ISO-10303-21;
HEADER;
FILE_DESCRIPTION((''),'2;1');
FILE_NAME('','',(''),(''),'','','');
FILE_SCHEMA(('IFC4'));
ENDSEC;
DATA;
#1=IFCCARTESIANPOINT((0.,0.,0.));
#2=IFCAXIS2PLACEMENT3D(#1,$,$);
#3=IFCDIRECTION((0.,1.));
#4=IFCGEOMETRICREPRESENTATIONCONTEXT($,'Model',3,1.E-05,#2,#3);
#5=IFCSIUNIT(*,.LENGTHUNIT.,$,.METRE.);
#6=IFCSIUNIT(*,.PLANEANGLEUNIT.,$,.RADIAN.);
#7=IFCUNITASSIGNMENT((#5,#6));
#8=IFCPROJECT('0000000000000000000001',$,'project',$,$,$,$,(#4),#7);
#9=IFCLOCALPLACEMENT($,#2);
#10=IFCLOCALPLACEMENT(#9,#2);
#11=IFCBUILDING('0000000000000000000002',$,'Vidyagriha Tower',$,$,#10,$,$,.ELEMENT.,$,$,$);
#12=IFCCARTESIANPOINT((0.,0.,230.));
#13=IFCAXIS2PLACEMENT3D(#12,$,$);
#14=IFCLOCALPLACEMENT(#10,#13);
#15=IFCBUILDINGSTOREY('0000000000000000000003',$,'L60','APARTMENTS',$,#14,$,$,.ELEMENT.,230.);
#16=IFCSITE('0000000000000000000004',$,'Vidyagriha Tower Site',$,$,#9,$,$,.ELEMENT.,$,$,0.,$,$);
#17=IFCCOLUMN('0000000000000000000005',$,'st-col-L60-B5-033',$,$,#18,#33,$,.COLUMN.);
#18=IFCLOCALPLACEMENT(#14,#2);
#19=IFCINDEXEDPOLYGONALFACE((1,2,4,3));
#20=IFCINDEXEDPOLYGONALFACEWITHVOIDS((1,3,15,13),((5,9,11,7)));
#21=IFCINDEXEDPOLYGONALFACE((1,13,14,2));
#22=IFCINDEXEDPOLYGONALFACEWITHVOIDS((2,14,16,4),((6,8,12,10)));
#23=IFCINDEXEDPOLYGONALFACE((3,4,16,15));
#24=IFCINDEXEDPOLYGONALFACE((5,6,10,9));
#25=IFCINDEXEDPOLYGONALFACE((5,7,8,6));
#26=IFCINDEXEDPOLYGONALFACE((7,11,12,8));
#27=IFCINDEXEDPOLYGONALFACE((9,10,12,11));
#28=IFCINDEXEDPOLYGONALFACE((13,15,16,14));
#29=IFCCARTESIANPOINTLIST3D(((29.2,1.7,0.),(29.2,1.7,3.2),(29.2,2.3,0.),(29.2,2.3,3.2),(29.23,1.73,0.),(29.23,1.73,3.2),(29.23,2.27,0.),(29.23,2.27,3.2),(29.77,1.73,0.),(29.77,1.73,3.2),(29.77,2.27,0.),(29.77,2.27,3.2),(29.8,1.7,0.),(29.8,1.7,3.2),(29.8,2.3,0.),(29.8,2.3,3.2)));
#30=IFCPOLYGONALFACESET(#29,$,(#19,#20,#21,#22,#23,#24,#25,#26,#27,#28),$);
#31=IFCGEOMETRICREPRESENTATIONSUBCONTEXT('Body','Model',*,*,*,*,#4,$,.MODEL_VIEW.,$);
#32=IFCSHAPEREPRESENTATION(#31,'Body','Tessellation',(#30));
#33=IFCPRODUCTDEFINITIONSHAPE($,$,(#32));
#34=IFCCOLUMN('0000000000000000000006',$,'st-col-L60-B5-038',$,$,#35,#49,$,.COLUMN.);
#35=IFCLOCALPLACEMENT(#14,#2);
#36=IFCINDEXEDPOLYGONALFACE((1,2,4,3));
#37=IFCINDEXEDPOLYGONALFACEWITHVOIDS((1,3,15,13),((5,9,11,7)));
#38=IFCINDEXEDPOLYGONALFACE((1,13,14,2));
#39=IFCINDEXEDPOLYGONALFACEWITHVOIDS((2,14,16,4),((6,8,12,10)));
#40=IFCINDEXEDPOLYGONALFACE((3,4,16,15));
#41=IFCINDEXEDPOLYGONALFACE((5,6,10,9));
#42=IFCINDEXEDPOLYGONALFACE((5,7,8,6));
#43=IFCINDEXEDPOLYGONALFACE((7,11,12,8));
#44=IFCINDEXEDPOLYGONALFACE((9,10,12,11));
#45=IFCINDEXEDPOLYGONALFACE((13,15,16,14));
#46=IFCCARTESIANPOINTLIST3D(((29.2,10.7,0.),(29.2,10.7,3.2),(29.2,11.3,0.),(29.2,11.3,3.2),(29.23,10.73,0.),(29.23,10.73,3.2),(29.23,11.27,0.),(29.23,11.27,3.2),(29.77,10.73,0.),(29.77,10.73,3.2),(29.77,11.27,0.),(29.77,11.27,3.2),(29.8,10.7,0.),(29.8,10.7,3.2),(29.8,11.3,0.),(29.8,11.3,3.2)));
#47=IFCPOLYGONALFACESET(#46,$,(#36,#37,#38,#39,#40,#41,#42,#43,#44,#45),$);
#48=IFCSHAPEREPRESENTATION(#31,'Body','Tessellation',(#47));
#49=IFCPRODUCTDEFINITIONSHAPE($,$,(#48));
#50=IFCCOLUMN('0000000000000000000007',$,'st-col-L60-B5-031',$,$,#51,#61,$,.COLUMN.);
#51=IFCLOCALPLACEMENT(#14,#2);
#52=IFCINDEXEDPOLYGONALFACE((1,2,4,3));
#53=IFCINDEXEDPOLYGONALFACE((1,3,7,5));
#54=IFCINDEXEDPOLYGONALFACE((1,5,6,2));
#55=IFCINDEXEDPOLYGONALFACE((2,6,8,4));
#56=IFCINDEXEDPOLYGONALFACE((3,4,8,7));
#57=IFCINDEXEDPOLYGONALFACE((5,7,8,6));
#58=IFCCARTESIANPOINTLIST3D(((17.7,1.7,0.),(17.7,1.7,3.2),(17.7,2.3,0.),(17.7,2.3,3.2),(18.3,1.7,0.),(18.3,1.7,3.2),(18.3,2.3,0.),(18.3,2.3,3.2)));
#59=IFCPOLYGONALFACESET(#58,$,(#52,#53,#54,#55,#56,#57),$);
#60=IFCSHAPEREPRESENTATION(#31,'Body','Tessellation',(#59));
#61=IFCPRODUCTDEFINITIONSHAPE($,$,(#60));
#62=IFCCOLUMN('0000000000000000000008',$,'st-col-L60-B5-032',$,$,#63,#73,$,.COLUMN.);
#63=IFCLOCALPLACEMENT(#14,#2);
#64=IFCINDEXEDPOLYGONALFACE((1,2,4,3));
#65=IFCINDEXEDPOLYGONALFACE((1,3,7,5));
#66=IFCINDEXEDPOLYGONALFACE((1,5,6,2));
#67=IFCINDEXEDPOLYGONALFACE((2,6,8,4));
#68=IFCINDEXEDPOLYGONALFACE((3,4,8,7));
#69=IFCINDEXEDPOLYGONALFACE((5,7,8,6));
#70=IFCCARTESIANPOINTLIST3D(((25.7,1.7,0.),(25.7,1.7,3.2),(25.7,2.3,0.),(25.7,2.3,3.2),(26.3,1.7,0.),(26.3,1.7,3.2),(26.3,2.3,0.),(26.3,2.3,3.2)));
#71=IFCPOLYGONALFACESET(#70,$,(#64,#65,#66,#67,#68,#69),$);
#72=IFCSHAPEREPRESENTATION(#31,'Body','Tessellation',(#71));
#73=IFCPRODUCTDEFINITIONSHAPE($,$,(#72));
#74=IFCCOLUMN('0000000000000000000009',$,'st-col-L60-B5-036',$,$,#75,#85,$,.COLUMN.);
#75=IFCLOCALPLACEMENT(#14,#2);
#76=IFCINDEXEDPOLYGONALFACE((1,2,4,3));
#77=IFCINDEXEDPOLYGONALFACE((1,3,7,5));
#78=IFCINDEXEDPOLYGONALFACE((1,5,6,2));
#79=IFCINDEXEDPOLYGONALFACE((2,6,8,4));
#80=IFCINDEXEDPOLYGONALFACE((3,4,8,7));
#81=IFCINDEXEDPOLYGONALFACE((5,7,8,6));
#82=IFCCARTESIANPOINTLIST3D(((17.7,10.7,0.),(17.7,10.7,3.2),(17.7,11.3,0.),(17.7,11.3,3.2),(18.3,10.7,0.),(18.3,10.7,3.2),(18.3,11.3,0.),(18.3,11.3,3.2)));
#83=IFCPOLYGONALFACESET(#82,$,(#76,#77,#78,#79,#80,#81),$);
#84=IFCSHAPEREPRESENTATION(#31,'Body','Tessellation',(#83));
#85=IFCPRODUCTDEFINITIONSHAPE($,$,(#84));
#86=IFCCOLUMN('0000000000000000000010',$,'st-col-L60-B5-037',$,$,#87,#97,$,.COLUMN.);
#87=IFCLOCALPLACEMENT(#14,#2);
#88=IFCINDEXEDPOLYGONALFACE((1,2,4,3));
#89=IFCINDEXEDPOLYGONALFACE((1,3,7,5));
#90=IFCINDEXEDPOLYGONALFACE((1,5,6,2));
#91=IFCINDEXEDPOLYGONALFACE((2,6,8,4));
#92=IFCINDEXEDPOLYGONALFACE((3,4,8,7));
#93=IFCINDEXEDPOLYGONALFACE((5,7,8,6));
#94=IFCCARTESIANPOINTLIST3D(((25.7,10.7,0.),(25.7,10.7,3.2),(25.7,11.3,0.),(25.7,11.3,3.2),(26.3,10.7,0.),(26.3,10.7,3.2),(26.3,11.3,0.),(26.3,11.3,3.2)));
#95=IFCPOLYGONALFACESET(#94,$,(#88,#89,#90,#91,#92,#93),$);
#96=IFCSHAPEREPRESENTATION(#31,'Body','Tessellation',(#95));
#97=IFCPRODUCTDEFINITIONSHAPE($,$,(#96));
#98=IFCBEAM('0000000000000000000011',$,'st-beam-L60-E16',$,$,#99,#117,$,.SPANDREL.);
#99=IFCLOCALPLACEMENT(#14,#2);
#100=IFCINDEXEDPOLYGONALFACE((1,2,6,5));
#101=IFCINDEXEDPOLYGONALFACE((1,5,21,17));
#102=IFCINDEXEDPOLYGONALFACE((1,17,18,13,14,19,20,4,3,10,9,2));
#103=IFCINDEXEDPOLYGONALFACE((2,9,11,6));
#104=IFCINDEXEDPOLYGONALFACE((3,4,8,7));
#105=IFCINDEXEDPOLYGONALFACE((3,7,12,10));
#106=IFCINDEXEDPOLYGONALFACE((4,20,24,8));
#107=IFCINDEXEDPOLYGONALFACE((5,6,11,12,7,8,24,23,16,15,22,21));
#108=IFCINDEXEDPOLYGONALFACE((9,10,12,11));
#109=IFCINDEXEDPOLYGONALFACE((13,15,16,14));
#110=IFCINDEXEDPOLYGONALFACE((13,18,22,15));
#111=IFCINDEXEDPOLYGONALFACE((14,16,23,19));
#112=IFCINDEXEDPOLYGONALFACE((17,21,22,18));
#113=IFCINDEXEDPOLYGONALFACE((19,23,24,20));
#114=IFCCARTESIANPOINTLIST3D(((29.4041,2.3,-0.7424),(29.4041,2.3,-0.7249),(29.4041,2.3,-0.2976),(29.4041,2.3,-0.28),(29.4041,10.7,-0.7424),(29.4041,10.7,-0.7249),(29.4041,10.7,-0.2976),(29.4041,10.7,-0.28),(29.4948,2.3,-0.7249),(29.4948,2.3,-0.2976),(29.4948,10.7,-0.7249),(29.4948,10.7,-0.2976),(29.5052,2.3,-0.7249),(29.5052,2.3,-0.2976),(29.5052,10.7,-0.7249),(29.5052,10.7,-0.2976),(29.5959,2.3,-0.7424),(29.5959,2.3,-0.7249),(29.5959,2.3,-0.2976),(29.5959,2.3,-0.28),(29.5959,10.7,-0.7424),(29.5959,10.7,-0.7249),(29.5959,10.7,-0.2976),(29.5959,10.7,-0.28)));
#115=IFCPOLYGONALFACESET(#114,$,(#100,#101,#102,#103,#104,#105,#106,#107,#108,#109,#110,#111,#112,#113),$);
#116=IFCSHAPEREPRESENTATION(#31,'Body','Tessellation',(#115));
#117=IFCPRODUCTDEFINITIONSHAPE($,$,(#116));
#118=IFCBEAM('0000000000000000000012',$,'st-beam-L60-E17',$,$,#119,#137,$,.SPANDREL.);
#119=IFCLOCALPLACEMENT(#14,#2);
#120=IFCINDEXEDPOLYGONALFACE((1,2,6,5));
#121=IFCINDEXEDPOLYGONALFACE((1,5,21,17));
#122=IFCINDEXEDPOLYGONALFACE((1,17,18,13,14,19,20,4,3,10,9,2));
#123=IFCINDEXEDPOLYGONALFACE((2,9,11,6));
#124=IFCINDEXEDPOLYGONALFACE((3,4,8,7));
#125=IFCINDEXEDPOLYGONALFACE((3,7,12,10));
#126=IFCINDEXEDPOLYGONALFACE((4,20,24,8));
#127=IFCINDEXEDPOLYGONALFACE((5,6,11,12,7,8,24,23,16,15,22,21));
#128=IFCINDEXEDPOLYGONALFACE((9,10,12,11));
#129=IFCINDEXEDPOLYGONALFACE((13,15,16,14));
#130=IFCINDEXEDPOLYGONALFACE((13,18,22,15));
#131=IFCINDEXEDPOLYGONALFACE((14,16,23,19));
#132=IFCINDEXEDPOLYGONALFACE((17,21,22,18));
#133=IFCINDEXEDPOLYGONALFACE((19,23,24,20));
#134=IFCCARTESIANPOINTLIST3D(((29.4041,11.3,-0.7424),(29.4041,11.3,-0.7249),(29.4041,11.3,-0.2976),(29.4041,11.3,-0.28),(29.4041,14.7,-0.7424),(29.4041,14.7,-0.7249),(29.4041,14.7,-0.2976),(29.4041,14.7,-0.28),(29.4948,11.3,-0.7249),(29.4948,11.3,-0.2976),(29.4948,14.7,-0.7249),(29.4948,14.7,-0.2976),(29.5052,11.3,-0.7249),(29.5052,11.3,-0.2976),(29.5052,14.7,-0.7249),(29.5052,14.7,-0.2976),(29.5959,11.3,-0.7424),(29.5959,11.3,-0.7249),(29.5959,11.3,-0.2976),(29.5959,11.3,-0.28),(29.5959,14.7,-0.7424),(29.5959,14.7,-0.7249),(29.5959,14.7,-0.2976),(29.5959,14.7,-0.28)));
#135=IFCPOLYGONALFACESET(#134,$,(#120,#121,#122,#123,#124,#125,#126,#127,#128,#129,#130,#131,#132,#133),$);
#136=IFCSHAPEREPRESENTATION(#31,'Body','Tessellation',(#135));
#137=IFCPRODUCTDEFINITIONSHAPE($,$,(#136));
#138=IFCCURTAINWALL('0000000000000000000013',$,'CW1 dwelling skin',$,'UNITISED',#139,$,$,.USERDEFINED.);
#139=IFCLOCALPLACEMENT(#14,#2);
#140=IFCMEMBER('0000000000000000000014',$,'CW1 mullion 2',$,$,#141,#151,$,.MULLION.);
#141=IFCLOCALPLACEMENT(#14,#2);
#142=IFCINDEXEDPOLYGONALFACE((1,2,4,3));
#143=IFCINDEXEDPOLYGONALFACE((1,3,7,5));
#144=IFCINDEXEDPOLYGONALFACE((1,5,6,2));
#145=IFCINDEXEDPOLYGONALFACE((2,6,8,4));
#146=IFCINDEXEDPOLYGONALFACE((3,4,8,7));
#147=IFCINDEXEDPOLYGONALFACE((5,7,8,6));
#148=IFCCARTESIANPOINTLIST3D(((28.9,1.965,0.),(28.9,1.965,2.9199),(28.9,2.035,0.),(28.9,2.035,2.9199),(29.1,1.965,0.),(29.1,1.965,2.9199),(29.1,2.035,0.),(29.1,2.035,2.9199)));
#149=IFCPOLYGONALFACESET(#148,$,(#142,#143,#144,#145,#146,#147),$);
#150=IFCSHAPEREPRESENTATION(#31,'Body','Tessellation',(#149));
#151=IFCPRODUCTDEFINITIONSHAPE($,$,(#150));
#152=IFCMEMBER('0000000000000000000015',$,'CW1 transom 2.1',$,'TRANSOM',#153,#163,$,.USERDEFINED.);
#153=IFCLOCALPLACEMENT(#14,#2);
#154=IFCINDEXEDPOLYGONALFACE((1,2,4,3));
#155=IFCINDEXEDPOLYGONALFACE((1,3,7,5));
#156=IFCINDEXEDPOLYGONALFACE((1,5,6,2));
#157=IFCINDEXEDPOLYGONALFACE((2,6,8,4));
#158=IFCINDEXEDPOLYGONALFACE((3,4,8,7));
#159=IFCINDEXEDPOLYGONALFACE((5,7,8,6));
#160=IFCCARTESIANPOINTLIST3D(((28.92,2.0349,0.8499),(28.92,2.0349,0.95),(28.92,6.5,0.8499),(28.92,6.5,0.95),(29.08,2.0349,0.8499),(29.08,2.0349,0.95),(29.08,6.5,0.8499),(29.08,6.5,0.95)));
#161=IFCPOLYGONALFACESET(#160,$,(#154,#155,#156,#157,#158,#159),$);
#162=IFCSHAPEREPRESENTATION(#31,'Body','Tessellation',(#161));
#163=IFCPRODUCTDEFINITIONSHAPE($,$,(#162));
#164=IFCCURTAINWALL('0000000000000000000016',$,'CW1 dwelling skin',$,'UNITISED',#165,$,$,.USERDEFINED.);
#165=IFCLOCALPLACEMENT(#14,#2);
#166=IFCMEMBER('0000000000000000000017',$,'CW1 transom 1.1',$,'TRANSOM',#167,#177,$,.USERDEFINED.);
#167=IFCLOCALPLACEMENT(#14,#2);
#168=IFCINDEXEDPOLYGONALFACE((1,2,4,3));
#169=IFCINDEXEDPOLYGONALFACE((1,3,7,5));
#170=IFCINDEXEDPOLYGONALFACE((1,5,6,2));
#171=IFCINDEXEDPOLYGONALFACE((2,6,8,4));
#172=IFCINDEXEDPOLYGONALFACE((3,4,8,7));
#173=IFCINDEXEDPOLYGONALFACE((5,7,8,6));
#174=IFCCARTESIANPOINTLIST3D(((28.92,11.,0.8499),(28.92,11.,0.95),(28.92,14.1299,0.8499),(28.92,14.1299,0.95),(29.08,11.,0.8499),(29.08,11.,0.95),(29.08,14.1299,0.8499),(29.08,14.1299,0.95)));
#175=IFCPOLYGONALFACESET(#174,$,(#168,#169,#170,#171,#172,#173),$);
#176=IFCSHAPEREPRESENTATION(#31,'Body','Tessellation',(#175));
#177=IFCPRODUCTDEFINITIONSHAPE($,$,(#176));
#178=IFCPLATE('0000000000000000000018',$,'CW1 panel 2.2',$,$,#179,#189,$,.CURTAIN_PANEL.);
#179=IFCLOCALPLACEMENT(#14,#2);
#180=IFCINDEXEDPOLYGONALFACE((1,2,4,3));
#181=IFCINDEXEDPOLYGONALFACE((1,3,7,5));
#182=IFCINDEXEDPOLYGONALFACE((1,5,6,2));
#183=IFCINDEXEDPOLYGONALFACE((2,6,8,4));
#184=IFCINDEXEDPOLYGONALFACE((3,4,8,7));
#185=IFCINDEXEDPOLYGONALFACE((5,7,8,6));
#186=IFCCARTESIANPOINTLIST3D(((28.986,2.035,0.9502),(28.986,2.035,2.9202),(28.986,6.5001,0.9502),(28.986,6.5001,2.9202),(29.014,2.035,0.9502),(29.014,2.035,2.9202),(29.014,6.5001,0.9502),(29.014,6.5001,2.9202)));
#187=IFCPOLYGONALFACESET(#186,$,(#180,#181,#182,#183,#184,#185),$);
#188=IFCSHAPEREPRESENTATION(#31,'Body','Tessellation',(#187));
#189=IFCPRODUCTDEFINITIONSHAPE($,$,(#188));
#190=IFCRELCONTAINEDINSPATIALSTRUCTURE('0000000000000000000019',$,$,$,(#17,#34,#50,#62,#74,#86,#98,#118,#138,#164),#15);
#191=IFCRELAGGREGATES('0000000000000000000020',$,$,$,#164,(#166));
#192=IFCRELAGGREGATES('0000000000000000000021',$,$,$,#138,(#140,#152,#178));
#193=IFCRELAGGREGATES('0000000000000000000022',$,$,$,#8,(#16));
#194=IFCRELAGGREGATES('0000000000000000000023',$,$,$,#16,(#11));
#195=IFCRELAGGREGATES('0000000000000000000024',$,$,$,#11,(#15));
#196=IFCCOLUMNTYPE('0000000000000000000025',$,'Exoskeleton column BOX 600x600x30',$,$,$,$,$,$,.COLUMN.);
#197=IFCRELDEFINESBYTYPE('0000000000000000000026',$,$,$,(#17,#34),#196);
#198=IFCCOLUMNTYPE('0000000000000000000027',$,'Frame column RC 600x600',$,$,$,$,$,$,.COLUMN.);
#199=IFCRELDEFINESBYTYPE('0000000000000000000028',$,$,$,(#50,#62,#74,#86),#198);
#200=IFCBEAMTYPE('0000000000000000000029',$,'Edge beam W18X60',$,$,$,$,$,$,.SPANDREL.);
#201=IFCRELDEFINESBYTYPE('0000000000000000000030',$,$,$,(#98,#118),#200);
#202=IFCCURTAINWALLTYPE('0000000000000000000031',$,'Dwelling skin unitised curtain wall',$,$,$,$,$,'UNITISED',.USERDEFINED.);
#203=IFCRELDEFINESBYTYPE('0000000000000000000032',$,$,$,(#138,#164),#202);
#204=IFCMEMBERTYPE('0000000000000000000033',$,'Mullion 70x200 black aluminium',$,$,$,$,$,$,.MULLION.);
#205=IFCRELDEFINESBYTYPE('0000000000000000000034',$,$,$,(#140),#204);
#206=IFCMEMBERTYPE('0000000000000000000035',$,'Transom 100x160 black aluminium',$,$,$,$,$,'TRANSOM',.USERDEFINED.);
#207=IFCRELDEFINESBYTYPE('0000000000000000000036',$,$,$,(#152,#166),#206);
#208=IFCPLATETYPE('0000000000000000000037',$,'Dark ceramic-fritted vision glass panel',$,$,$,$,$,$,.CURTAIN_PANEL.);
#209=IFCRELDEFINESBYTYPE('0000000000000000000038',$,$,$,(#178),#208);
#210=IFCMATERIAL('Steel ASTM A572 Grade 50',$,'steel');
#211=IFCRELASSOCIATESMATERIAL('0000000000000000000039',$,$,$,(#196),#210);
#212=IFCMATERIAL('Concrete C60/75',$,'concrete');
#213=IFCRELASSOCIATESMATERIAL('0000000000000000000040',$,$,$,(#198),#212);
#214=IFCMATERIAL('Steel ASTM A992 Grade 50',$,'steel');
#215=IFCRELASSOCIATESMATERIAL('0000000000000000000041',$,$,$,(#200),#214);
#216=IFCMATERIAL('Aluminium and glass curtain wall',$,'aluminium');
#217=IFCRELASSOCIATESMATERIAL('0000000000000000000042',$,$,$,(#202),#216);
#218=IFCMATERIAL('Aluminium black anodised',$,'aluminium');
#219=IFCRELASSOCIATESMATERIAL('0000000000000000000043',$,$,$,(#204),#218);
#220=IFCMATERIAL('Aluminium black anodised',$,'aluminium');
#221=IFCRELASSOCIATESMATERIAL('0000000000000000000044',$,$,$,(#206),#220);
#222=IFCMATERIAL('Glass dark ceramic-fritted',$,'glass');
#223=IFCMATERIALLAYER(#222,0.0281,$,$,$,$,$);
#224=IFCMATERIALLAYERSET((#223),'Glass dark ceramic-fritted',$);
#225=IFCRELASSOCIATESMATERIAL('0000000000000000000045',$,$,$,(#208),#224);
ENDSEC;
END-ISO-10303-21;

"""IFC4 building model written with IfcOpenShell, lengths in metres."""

from ifc_helpers import new_model, si_unit, direction, frame, origin, origin_2d, place, context, subcontext, project, spatial, rectangle, hollow_rectangle, i_section, extrude, material, layer, layer_set, material_profile, profile_set, type_object, element, aggregate, save


model = new_model("IFC4")

# Units and contexts
model_context = context("Model", 3, precision=1e-05, world=origin(), true_north=direction((0.0, 1.0)))
body_context = subcontext(model_context, "Body", "Model", "MODEL_VIEW")
ifc_project = project(units=[si_unit("LENGTHUNIT", "METRE"), si_unit("PLANEANGLEUNIT", "RADIAN")], contexts=[model_context])

# Site, building, storey
site_placement = place(None, origin())
site = spatial("IfcSite", under=ifc_project, at=site_placement, Name="Vidyagriha Tower Site", CompositionType="ELEMENT", RefElevation=0.0)
building_placement = place(site_placement, origin())
building = spatial("IfcBuilding", under=site, at=building_placement, Name="Vidyagriha Tower", CompositionType="ELEMENT")
storey_placement = place(building_placement, frame((0.0, 0.0, 230.0)))
storey = spatial("IfcBuildingStorey", under=building, at=storey_placement, Name="L60", Description="APARTMENTS", CompositionType="ELEMENT", Elevation=230.0)

# Columns
ifc_material_1 = material(Name="Steel ASTM A572 Grade 50", Category="steel")
ifc_material_profile_1 = material_profile(ifc_material_1, hollow_rectangle(XDim=0.6001, YDim=0.6001, WallThickness=0.03, at=origin_2d()), Name="BOX 600x600x30")
ifc_profile_set_1 = profile_set([ifc_material_profile_1], Name="Steel ASTM A572 Grade 50")
column_type_1 = type_object("IfcColumnType", Name="Exoskeleton column BOX 600x600x30", PredefinedType="COLUMN", material=ifc_profile_set_1)
for number, where, name in (
    (1, (29.5, 2.0, 0.0), "st-col-L60-B5-033"),
    (2, (29.5, 11.0, 0.0), "st-col-L60-B5-038"),
):
    element("IfcColumn", number, at=place(storey_placement, frame(where)), inside=storey, type_object=column_type_1, Name=name, PredefinedType="COLUMN", context=body_context, shape_type="SweptSolid", body=[
        extrude(hollow_rectangle(XDim=0.6001, YDim=0.6001, WallThickness=0.03, at=origin_2d()), origin(), (0.0, 0.0, 1.0), 3.2),
    ])
ifc_material_2 = material(Name="Concrete C60/75", Category="concrete")
ifc_material_profile_2 = material_profile(ifc_material_2, rectangle(XDim=0.6001, YDim=0.6001, at=origin_2d()), Name="RC 600x600")
ifc_profile_set_2 = profile_set([ifc_material_profile_2], Name="Concrete C60/75")
column_type_2 = type_object("IfcColumnType", Name="Frame column RC 600x600", PredefinedType="COLUMN", material=ifc_profile_set_2)
for number, where, name in (
    (3, (18.0, 2.0, 0.0), "st-col-L60-B5-031"),
    (4, (26.0, 2.0, 0.0), "st-col-L60-B5-032"),
    (5, (18.0, 11.0, 0.0), "st-col-L60-B5-036"),
    (6, (26.0, 11.0, 0.0), "st-col-L60-B5-037"),
):
    element("IfcColumn", number, at=place(storey_placement, frame(where)), inside=storey, type_object=column_type_2, Name=name, PredefinedType="COLUMN", context=body_context, shape_type="SweptSolid", body=[
        extrude(rectangle(XDim=0.6001, YDim=0.6001, at=origin_2d()), origin(), (0.0, 0.0, 1.0), 3.2),
    ])

# Beams
ifc_material_3 = material(Name="Steel ASTM A992 Grade 50", Category="steel")
ifc_material_profile_3 = material_profile(ifc_material_3, i_section(OverallWidth=0.1919, OverallDepth=0.4624, WebThickness=0.0105, FlangeThickness=0.0176, at=origin_2d()), Name="W18X60")
ifc_profile_set_3 = profile_set([ifc_material_profile_3], Name="Steel ASTM A992 Grade 50")
beam_type = type_object("IfcBeamType", Name="Edge beam W18X60", PredefinedType="SPANDREL", material=ifc_profile_set_3)
beam_1_placement = place(storey_placement, frame((29.5, 2.3, -0.5112), z_axis=(0.0, 1.0, 0.0), x_axis=(-1.0, 0.0, 0.0)))
element("IfcBeam", 7, at=beam_1_placement, inside=storey, type_object=beam_type, Name="st-beam-L60-E16", PredefinedType="SPANDREL", context=body_context, shape_type="SweptSolid", body=[
    extrude(i_section(OverallWidth=0.1919, OverallDepth=0.4624, WebThickness=0.0105, FlangeThickness=0.0176, at=origin_2d()), origin(), (0.0, 0.0, 1.0), 8.3999),
])
beam_2_placement = place(storey_placement, frame((29.5, 11.3, -0.5112), z_axis=(0.0, 1.0, 0.0), x_axis=(-1.0, 0.0, 0.0)))
element("IfcBeam", 8, at=beam_2_placement, inside=storey, type_object=beam_type, Name="st-beam-L60-E17", PredefinedType="SPANDREL", context=body_context, shape_type="SweptSolid", body=[
    extrude(i_section(OverallWidth=0.1919, OverallDepth=0.4624, WebThickness=0.0105, FlangeThickness=0.0176, at=origin_2d()), origin(), (0.0, 0.0, 1.0), 3.3999),
])

# Curtain wall, members
ifc_material_4 = material(Name="Aluminium and glass curtain wall", Category="aluminium")
curtain_wall_type = type_object("IfcCurtainWallType", Name="Dwelling skin unitised curtain wall", ElementType="UNITISED", PredefinedType="USERDEFINED", material=ifc_material_4)
curtain_wall_1_placement = place(storey_placement, origin())
curtain_wall_1 = element("IfcCurtainWall", 9, at=curtain_wall_1_placement, inside=storey, type_object=curtain_wall_type, Name="CW1 dwelling skin", ObjectType="UNITISED", PredefinedType="USERDEFINED")
ifc_material_5 = material(Name="Aluminium black anodised", Category="aluminium")
ifc_material_profile_4 = material_profile(ifc_material_5, rectangle(XDim=0.2, YDim=0.0701, at=origin_2d()), Name="Mullion 70x200 black aluminium")
ifc_profile_set_4 = profile_set([ifc_material_profile_4], Name="Aluminium black anodised")
member_type_1 = type_object("IfcMemberType", Name="Mullion 70x200 black aluminium", PredefinedType="MULLION", material=ifc_profile_set_4)
member_1_placement = place(storey_placement, frame((29.0, 2.0, 0.0), z_axis=(0.0, 0.0, 1.0), x_axis=(-1.0, 0.0, 0.0)))
member_1 = element("IfcMember", 10, at=member_1_placement, type_object=member_type_1, Name="CW1 mullion 2", PredefinedType="MULLION", context=body_context, shape_type="SweptSolid", body=[
    extrude(rectangle(XDim=0.2, YDim=0.0701, at=origin_2d()), origin(), (0.0, 0.0, 1.0), 2.9199),
])
ifc_material_6 = material(Name="Aluminium black anodised", Category="aluminium")
ifc_material_profile_5 = material_profile(ifc_material_6, rectangle(XDim=0.1599, YDim=0.1001, at=origin_2d()), Name="Transom 100x160 black aluminium")
ifc_profile_set_5 = profile_set([ifc_material_profile_5], Name="Aluminium black anodised")
member_type_2 = type_object("IfcMemberType", Name="Transom 100x160 black aluminium", ElementType="TRANSOM", PredefinedType="USERDEFINED", material=ifc_profile_set_5)
member_2_placement = place(storey_placement, frame((29.0, 2.0349, 0.8999), z_axis=(0.0, 1.0, 0.0), x_axis=(-1.0, 0.0, 0.0)))
member_2 = element("IfcMember", 11, at=member_2_placement, type_object=member_type_2, Name="CW1 transom 2.1", ObjectType="TRANSOM", PredefinedType="USERDEFINED", context=body_context, shape_type="SweptSolid", body=[
    extrude(rectangle(XDim=0.1599, YDim=0.1001, at=origin_2d()), origin(), (0.0, 0.0, 1.0), 4.4651),
])

# Curtain wall, member
curtain_wall_2_placement = place(storey_placement, origin())
curtain_wall_2 = element("IfcCurtainWall", 12, at=curtain_wall_2_placement, inside=storey, type_object=curtain_wall_type, Name="CW1 dwelling skin", ObjectType="UNITISED", PredefinedType="USERDEFINED")
member_3_placement = place(storey_placement, frame((29.0, 11.0, 0.8999), z_axis=(0.0, 1.0, 0.0), x_axis=(-1.0, 0.0, 0.0)))
member_3 = element("IfcMember", 13, at=member_3_placement, type_object=member_type_2, Name="CW1 transom 1.1", ObjectType="TRANSOM", PredefinedType="USERDEFINED", context=body_context, shape_type="SweptSolid", body=[
    extrude(rectangle(XDim=0.1599, YDim=0.1001, at=origin_2d()), origin(), (0.0, 0.0, 1.0), 3.1299),
])
aggregate(curtain_wall_2, [member_3])

# Plate
ifc_material_7 = material(Name="Glass dark ceramic-fritted", Category="glass")
ifc_layer_1 = layer(ifc_material_7, 0.0281)
ifc_layer_set_1 = layer_set([ifc_layer_1], Name="Glass dark ceramic-fritted")
plate_type_1 = type_object("IfcPlateType", Name="Dark ceramic-fritted vision glass panel", PredefinedType="CURTAIN_PANEL", material=ifc_layer_set_1)
plate_1_placement = place(storey_placement, frame((29.0, 4.2676, 0.9502), z_axis=(0.0, 0.0, 1.0), x_axis=(0.0, 1.0, 0.0)))
plate_1 = element("IfcPlate", 14, at=plate_1_placement, type_object=plate_type_1, Name="CW1 panel 2.2", PredefinedType="CURTAIN_PANEL", context=body_context, shape_type="SweptSolid", body=[
    extrude(rectangle(XDim=4.4651, YDim=0.0281, at=origin_2d()), origin(), (0.0, 0.0, 1.0), 1.97),
])
aggregate(curtain_wall_1, [member_1, member_2, plate_1])

save(model, "model.ifc")
